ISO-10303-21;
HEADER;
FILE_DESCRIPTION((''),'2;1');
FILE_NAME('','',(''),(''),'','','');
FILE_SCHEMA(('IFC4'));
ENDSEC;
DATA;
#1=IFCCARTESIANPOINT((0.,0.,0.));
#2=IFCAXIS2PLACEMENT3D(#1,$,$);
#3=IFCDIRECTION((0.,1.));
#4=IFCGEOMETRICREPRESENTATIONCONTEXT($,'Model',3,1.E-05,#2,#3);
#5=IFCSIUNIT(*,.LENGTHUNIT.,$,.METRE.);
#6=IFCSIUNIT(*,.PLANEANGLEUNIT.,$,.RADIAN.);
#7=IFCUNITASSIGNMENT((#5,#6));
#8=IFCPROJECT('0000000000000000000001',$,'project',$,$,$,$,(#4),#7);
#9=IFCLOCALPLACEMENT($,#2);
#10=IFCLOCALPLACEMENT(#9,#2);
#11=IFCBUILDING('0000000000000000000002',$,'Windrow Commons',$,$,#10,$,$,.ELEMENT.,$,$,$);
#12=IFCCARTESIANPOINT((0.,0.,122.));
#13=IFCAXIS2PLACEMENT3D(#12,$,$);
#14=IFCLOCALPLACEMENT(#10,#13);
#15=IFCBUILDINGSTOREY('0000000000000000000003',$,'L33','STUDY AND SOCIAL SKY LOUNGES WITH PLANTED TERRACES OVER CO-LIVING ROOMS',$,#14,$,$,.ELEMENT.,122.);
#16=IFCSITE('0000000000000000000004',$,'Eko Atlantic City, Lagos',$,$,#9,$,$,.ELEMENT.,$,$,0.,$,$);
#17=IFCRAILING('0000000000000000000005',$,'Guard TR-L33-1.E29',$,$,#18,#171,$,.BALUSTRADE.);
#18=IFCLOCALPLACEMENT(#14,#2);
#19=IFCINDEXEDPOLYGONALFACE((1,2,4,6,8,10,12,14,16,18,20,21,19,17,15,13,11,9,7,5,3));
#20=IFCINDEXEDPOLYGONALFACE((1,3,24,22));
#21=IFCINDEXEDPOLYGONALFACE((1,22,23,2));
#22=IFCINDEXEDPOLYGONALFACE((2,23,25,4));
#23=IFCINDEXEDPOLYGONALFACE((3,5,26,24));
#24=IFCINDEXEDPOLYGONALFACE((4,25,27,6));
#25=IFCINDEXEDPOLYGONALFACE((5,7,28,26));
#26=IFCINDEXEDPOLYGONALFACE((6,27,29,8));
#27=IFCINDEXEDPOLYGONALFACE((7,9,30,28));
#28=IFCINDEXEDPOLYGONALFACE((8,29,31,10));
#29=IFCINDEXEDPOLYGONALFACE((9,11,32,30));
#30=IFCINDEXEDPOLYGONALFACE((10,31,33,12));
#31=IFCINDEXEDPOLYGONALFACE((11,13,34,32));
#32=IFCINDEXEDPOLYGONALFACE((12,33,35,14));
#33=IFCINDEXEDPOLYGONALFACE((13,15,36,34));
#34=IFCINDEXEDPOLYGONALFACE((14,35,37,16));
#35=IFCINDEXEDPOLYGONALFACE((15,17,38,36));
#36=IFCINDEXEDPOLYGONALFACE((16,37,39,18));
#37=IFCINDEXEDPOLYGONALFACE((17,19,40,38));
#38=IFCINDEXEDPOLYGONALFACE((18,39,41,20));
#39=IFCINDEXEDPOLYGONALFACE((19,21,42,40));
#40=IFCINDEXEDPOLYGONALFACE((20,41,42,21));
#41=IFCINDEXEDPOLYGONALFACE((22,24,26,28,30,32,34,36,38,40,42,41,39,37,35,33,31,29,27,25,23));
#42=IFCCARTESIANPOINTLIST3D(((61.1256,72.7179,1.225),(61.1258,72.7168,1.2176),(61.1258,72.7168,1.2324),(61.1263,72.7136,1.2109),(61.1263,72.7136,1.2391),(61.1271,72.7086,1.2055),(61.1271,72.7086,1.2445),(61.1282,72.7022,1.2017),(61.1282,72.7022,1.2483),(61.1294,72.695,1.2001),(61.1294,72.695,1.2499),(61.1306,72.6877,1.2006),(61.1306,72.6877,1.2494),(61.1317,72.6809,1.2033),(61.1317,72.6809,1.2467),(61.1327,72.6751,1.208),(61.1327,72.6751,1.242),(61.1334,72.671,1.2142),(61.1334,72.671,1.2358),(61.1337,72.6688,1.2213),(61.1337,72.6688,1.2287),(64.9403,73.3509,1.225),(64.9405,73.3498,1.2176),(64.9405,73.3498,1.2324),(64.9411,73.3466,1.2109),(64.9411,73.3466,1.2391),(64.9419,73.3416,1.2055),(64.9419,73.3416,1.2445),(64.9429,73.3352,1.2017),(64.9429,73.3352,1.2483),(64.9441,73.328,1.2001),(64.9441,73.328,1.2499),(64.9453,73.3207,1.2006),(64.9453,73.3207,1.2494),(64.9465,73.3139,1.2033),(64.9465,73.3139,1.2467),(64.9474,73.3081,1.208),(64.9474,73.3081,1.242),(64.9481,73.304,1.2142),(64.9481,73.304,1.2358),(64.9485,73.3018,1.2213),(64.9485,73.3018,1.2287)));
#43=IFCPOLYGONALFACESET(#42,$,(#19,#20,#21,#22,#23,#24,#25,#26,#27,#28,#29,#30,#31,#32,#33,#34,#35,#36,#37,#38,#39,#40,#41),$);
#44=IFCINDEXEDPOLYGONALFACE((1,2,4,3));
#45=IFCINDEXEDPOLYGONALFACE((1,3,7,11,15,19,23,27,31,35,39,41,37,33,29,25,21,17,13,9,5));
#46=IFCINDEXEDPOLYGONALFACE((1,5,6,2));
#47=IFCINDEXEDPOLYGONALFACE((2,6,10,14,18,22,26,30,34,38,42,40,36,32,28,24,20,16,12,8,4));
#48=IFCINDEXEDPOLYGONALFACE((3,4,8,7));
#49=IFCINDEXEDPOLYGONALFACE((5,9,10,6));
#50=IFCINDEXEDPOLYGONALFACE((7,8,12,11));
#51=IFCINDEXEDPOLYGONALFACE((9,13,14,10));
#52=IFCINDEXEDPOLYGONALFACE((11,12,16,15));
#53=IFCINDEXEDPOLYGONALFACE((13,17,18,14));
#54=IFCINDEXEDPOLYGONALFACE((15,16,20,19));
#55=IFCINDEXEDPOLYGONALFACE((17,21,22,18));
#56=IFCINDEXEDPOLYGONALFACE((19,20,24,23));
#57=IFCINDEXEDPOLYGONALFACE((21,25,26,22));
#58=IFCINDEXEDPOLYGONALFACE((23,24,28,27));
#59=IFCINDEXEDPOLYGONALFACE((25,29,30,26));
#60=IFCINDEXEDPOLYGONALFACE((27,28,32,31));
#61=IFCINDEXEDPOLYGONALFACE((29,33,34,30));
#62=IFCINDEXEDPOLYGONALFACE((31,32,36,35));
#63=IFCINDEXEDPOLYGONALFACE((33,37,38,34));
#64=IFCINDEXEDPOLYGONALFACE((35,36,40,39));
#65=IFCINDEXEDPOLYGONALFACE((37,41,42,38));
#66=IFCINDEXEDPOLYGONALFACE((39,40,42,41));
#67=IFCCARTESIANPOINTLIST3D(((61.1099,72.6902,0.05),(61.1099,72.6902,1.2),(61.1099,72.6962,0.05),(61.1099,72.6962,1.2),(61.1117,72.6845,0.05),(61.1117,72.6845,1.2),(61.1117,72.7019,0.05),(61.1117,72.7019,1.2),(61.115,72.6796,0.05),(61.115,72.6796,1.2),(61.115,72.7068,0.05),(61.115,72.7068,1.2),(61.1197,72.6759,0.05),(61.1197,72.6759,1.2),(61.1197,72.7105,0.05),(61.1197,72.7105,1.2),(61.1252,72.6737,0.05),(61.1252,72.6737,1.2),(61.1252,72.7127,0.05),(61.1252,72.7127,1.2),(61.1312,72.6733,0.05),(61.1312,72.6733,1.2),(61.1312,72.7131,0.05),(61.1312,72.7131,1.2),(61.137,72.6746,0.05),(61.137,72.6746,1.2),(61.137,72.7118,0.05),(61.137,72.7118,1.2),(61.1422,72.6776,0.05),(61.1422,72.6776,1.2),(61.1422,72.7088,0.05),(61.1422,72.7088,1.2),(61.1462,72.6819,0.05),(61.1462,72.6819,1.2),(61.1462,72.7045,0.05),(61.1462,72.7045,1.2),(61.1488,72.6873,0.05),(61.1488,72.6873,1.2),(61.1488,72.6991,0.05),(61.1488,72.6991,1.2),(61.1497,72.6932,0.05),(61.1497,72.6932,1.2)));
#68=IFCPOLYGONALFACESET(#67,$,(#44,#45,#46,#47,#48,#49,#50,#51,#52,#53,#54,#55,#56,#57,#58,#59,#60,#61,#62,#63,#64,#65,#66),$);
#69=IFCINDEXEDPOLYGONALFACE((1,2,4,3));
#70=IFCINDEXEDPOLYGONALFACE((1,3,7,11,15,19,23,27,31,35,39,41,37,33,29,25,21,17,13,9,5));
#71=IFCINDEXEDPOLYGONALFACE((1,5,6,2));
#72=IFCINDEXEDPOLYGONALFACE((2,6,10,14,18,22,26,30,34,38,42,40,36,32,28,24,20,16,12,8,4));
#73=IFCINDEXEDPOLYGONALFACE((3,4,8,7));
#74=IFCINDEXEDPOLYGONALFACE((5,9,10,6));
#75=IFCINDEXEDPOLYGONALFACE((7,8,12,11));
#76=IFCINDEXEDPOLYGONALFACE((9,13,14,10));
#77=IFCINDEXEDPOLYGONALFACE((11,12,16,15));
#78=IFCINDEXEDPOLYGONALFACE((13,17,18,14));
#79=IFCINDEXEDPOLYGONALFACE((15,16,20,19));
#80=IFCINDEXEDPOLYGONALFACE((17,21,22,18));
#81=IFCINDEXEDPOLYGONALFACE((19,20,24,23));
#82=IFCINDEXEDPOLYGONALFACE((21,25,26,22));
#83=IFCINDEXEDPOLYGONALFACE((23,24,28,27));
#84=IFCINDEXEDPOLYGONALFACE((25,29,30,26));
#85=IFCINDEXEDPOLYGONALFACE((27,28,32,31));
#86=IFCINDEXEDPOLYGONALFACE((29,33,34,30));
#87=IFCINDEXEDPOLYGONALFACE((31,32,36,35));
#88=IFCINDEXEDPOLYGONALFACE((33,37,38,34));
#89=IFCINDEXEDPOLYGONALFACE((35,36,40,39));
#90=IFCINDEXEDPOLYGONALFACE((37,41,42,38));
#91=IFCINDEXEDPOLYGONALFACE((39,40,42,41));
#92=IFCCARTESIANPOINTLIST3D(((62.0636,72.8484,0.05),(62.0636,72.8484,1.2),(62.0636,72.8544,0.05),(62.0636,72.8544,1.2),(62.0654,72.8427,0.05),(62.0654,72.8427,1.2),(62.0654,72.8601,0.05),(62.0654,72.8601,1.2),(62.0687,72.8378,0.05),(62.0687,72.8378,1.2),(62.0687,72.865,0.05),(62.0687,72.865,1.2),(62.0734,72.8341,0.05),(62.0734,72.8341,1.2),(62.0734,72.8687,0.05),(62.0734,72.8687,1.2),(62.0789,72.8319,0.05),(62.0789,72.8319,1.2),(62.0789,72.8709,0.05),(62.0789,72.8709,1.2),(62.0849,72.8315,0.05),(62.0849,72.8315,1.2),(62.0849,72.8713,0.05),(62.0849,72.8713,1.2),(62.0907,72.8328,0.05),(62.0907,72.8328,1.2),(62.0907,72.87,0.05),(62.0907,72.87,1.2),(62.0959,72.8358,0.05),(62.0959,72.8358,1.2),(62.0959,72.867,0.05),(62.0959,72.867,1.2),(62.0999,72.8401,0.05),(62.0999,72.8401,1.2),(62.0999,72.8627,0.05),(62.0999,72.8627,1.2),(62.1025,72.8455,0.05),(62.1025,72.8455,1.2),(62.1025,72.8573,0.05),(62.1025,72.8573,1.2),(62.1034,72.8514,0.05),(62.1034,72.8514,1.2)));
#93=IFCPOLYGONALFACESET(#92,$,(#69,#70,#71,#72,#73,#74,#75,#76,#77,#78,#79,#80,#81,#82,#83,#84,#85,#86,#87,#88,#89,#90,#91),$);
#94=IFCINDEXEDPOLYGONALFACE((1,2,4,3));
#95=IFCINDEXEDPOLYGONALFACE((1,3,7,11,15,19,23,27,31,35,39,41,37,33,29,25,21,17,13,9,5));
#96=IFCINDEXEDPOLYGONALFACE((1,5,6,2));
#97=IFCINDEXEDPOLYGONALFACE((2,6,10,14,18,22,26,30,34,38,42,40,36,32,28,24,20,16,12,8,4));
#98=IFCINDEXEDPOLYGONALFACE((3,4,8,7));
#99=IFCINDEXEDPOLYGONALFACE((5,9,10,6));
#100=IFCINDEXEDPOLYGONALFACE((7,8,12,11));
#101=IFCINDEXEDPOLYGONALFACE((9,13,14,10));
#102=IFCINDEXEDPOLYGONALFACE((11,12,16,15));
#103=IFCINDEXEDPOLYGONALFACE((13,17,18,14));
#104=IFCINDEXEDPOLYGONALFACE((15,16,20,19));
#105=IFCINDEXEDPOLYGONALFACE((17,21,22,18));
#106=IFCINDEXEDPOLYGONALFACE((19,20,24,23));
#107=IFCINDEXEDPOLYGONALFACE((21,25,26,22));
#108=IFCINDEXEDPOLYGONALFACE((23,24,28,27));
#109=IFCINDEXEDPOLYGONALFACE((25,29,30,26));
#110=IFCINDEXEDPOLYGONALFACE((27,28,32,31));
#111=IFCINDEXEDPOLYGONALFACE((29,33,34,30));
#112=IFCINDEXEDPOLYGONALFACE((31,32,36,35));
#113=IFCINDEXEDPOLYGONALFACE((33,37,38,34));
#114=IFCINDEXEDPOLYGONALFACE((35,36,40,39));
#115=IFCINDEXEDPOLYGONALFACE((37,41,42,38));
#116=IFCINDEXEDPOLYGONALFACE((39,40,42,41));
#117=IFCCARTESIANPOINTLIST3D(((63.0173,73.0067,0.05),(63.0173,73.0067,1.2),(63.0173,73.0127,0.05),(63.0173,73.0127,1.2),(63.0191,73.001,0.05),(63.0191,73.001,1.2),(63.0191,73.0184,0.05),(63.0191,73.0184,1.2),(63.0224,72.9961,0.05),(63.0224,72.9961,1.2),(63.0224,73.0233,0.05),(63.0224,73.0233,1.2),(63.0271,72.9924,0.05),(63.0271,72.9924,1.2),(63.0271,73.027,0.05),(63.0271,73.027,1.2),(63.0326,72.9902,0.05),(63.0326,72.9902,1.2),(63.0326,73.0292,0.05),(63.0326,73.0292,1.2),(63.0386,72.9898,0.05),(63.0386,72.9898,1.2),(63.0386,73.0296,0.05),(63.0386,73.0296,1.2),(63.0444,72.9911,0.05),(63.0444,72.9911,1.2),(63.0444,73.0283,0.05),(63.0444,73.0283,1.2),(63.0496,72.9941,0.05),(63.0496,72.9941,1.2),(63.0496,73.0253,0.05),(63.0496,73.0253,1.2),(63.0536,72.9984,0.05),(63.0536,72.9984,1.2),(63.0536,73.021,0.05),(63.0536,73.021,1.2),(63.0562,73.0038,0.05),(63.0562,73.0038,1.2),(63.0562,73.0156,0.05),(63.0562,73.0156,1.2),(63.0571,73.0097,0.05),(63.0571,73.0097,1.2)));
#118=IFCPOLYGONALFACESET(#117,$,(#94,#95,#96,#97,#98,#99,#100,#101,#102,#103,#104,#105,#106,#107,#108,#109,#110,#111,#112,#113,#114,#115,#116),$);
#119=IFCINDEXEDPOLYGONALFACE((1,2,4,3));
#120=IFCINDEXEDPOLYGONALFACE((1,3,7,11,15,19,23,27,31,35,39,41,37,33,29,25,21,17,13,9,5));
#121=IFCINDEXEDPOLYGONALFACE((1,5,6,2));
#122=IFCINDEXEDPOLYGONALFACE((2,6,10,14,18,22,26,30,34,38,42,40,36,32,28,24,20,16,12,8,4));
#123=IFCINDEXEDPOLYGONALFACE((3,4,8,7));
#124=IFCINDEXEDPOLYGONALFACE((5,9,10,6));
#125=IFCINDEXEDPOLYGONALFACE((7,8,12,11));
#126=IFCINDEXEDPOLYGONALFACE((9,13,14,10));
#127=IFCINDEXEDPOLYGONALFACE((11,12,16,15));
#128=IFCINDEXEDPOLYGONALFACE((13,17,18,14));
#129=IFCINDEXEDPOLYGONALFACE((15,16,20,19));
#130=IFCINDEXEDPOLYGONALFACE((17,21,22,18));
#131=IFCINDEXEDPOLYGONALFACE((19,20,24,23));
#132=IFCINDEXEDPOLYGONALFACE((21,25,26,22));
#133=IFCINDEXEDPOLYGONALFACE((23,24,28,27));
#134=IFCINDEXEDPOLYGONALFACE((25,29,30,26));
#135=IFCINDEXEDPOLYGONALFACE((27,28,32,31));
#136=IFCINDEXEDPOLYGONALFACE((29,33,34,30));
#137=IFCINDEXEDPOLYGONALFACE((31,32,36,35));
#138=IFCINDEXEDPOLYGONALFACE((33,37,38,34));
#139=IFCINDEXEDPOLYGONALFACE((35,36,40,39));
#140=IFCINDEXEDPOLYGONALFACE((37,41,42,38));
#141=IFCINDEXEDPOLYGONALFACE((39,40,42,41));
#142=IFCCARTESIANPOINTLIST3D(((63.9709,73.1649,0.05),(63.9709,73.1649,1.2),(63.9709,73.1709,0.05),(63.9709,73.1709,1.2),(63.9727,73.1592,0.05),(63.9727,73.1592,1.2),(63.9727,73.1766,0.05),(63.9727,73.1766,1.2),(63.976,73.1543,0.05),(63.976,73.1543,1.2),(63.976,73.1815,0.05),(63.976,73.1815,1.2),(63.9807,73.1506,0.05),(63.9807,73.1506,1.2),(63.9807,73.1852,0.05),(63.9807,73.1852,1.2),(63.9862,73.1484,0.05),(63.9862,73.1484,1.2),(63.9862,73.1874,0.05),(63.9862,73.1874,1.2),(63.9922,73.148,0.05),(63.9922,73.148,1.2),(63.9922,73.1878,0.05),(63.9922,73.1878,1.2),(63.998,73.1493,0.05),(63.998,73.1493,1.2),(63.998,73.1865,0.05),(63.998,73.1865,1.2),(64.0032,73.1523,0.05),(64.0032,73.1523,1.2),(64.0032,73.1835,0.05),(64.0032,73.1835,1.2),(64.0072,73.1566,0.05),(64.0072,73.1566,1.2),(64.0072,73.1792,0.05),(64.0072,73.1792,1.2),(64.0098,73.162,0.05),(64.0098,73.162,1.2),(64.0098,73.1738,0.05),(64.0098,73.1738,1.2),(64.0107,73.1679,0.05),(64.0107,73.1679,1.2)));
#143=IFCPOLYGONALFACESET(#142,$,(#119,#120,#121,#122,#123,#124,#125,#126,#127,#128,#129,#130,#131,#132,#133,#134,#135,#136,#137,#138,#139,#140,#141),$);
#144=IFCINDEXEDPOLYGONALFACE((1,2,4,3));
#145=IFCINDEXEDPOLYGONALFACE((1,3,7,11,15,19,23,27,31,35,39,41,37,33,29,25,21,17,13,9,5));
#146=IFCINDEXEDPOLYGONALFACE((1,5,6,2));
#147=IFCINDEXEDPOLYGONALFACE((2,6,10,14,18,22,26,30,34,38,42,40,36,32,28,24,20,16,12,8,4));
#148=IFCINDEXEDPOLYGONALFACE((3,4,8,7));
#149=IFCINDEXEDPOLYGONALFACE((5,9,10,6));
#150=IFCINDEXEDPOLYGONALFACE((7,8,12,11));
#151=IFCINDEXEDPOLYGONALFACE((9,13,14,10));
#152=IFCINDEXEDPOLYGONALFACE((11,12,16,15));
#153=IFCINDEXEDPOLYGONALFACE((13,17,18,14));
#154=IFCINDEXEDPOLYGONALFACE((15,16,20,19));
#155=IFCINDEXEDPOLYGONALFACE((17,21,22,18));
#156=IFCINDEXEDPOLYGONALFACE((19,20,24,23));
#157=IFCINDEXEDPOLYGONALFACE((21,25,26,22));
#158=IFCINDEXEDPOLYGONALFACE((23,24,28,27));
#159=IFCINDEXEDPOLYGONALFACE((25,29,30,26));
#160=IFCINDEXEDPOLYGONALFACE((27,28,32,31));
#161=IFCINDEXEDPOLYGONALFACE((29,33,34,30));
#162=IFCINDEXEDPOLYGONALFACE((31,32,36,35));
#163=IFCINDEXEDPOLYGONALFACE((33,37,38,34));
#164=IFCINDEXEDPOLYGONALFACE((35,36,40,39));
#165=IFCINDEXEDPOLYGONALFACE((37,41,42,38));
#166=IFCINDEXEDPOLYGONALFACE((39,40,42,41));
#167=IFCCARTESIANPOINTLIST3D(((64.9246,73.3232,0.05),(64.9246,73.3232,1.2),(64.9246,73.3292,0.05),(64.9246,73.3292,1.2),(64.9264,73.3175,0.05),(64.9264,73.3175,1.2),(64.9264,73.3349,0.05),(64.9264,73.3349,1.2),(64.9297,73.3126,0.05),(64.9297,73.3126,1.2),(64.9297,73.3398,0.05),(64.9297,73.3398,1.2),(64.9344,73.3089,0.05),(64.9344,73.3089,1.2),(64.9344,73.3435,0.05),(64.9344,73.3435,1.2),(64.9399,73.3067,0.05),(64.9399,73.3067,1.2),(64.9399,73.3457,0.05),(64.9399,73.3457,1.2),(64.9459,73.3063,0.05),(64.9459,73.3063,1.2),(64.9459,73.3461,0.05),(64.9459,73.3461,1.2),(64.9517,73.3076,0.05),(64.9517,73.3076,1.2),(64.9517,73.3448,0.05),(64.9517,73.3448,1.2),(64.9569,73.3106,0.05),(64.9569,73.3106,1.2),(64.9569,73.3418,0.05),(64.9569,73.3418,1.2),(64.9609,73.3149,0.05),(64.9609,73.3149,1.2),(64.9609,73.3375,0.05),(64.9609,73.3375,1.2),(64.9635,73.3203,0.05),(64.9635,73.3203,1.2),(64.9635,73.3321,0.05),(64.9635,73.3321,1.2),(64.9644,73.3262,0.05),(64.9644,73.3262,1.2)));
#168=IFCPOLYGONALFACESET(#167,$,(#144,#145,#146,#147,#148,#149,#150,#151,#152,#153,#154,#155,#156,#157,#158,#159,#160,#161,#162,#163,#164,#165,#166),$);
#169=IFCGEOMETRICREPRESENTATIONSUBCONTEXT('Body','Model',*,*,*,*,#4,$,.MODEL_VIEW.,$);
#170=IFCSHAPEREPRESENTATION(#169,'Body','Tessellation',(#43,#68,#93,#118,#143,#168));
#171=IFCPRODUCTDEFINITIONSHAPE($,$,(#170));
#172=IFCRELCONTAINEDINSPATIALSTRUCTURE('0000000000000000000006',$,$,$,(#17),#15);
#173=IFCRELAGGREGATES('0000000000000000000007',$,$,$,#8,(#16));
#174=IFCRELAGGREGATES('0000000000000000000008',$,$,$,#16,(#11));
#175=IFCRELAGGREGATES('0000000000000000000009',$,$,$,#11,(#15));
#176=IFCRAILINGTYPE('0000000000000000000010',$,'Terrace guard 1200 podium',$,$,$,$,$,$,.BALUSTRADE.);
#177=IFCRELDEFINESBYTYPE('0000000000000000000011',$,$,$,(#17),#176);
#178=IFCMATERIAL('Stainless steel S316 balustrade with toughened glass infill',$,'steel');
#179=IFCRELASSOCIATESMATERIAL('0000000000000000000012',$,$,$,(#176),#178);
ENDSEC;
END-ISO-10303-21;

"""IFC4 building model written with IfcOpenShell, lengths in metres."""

from ifc_helpers import new_model, si_unit, direction, frame, origin, origin_2d, place, context, subcontext, project, spatial, circle, extrude, material, type_object, element, save


model = new_model("IFC4")

# Units and contexts
model_context = context("Model", 3, precision=1e-05, world=origin(), true_north=direction((0.0, 1.0)))
body_context = subcontext(model_context, "Body", "Model", "MODEL_VIEW")
ifc_project = project(units=[si_unit("LENGTHUNIT", "METRE"), si_unit("PLANEANGLEUNIT", "RADIAN")], contexts=[model_context])

# Site, building, storey
site_placement = place(None, origin())
site = spatial("IfcSite", under=ifc_project, at=site_placement, Name="Eko Atlantic City, Lagos", CompositionType="ELEMENT", RefElevation=0.0)
building_placement = place(site_placement, origin())
building = spatial("IfcBuilding", under=site, at=building_placement, Name="Windrow Commons", CompositionType="ELEMENT")
storey_placement = place(building_placement, frame((0.0, 0.0, 122.0)))
storey = spatial("IfcBuildingStorey", under=building, at=storey_placement, Name="L33", Description="STUDY AND SOCIAL SKY LOUNGES WITH PLANTED TERRACES OVER CO-LIVING ROOMS", CompositionType="ELEMENT", Elevation=122.0)

# Railing
ifc_material_1 = material(Name="Stainless steel S316 balustrade with toughened glass infill", Category="steel")
railing_type_1 = type_object("IfcRailingType", Name="Terrace guard 1200 podium", PredefinedType="BALUSTRADE", material=ifc_material_1)
railing_1_placement = place(storey_placement, frame((61.1297, 72.6932, 0.05)))
element("IfcRailing", 1, at=railing_1_placement, inside=storey, type_object=railing_type_1, Name="Guard TR-L33-1.E29", PredefinedType="BALUSTRADE", context=body_context, shape_type="SweptSolid", body=[
    extrude(circle(Radius=0.025, at=origin_2d()), frame((0.0, 0.0, 1.175), z_axis=(0.98651, 0.163699, 0.0), x_axis=(-0.163699, 0.98651, 0.0)), (0.0, 0.0, 1.0), 3.8669),
    extrude(circle(Radius=0.02, at=origin_2d()), origin(), (0.0, 0.0, 1.0), 1.15),
    extrude(circle(Radius=0.02, at=origin_2d()), frame((0.9537, 0.1582, 0.0)), (0.0, 0.0, 1.0), 1.15),
    extrude(circle(Radius=0.02, at=origin_2d()), frame((1.9074, 0.3165, 0.0)), (0.0, 0.0, 1.0), 1.15),
    extrude(circle(Radius=0.02, at=origin_2d()), frame((2.861, 0.4747, 0.0)), (0.0, 0.0, 1.0), 1.15),
    extrude(circle(Radius=0.02, at=origin_2d()), frame((3.8147, 0.633, 0.0)), (0.0, 0.0, 1.0), 1.15),
])

save(model, "model.ifc")
